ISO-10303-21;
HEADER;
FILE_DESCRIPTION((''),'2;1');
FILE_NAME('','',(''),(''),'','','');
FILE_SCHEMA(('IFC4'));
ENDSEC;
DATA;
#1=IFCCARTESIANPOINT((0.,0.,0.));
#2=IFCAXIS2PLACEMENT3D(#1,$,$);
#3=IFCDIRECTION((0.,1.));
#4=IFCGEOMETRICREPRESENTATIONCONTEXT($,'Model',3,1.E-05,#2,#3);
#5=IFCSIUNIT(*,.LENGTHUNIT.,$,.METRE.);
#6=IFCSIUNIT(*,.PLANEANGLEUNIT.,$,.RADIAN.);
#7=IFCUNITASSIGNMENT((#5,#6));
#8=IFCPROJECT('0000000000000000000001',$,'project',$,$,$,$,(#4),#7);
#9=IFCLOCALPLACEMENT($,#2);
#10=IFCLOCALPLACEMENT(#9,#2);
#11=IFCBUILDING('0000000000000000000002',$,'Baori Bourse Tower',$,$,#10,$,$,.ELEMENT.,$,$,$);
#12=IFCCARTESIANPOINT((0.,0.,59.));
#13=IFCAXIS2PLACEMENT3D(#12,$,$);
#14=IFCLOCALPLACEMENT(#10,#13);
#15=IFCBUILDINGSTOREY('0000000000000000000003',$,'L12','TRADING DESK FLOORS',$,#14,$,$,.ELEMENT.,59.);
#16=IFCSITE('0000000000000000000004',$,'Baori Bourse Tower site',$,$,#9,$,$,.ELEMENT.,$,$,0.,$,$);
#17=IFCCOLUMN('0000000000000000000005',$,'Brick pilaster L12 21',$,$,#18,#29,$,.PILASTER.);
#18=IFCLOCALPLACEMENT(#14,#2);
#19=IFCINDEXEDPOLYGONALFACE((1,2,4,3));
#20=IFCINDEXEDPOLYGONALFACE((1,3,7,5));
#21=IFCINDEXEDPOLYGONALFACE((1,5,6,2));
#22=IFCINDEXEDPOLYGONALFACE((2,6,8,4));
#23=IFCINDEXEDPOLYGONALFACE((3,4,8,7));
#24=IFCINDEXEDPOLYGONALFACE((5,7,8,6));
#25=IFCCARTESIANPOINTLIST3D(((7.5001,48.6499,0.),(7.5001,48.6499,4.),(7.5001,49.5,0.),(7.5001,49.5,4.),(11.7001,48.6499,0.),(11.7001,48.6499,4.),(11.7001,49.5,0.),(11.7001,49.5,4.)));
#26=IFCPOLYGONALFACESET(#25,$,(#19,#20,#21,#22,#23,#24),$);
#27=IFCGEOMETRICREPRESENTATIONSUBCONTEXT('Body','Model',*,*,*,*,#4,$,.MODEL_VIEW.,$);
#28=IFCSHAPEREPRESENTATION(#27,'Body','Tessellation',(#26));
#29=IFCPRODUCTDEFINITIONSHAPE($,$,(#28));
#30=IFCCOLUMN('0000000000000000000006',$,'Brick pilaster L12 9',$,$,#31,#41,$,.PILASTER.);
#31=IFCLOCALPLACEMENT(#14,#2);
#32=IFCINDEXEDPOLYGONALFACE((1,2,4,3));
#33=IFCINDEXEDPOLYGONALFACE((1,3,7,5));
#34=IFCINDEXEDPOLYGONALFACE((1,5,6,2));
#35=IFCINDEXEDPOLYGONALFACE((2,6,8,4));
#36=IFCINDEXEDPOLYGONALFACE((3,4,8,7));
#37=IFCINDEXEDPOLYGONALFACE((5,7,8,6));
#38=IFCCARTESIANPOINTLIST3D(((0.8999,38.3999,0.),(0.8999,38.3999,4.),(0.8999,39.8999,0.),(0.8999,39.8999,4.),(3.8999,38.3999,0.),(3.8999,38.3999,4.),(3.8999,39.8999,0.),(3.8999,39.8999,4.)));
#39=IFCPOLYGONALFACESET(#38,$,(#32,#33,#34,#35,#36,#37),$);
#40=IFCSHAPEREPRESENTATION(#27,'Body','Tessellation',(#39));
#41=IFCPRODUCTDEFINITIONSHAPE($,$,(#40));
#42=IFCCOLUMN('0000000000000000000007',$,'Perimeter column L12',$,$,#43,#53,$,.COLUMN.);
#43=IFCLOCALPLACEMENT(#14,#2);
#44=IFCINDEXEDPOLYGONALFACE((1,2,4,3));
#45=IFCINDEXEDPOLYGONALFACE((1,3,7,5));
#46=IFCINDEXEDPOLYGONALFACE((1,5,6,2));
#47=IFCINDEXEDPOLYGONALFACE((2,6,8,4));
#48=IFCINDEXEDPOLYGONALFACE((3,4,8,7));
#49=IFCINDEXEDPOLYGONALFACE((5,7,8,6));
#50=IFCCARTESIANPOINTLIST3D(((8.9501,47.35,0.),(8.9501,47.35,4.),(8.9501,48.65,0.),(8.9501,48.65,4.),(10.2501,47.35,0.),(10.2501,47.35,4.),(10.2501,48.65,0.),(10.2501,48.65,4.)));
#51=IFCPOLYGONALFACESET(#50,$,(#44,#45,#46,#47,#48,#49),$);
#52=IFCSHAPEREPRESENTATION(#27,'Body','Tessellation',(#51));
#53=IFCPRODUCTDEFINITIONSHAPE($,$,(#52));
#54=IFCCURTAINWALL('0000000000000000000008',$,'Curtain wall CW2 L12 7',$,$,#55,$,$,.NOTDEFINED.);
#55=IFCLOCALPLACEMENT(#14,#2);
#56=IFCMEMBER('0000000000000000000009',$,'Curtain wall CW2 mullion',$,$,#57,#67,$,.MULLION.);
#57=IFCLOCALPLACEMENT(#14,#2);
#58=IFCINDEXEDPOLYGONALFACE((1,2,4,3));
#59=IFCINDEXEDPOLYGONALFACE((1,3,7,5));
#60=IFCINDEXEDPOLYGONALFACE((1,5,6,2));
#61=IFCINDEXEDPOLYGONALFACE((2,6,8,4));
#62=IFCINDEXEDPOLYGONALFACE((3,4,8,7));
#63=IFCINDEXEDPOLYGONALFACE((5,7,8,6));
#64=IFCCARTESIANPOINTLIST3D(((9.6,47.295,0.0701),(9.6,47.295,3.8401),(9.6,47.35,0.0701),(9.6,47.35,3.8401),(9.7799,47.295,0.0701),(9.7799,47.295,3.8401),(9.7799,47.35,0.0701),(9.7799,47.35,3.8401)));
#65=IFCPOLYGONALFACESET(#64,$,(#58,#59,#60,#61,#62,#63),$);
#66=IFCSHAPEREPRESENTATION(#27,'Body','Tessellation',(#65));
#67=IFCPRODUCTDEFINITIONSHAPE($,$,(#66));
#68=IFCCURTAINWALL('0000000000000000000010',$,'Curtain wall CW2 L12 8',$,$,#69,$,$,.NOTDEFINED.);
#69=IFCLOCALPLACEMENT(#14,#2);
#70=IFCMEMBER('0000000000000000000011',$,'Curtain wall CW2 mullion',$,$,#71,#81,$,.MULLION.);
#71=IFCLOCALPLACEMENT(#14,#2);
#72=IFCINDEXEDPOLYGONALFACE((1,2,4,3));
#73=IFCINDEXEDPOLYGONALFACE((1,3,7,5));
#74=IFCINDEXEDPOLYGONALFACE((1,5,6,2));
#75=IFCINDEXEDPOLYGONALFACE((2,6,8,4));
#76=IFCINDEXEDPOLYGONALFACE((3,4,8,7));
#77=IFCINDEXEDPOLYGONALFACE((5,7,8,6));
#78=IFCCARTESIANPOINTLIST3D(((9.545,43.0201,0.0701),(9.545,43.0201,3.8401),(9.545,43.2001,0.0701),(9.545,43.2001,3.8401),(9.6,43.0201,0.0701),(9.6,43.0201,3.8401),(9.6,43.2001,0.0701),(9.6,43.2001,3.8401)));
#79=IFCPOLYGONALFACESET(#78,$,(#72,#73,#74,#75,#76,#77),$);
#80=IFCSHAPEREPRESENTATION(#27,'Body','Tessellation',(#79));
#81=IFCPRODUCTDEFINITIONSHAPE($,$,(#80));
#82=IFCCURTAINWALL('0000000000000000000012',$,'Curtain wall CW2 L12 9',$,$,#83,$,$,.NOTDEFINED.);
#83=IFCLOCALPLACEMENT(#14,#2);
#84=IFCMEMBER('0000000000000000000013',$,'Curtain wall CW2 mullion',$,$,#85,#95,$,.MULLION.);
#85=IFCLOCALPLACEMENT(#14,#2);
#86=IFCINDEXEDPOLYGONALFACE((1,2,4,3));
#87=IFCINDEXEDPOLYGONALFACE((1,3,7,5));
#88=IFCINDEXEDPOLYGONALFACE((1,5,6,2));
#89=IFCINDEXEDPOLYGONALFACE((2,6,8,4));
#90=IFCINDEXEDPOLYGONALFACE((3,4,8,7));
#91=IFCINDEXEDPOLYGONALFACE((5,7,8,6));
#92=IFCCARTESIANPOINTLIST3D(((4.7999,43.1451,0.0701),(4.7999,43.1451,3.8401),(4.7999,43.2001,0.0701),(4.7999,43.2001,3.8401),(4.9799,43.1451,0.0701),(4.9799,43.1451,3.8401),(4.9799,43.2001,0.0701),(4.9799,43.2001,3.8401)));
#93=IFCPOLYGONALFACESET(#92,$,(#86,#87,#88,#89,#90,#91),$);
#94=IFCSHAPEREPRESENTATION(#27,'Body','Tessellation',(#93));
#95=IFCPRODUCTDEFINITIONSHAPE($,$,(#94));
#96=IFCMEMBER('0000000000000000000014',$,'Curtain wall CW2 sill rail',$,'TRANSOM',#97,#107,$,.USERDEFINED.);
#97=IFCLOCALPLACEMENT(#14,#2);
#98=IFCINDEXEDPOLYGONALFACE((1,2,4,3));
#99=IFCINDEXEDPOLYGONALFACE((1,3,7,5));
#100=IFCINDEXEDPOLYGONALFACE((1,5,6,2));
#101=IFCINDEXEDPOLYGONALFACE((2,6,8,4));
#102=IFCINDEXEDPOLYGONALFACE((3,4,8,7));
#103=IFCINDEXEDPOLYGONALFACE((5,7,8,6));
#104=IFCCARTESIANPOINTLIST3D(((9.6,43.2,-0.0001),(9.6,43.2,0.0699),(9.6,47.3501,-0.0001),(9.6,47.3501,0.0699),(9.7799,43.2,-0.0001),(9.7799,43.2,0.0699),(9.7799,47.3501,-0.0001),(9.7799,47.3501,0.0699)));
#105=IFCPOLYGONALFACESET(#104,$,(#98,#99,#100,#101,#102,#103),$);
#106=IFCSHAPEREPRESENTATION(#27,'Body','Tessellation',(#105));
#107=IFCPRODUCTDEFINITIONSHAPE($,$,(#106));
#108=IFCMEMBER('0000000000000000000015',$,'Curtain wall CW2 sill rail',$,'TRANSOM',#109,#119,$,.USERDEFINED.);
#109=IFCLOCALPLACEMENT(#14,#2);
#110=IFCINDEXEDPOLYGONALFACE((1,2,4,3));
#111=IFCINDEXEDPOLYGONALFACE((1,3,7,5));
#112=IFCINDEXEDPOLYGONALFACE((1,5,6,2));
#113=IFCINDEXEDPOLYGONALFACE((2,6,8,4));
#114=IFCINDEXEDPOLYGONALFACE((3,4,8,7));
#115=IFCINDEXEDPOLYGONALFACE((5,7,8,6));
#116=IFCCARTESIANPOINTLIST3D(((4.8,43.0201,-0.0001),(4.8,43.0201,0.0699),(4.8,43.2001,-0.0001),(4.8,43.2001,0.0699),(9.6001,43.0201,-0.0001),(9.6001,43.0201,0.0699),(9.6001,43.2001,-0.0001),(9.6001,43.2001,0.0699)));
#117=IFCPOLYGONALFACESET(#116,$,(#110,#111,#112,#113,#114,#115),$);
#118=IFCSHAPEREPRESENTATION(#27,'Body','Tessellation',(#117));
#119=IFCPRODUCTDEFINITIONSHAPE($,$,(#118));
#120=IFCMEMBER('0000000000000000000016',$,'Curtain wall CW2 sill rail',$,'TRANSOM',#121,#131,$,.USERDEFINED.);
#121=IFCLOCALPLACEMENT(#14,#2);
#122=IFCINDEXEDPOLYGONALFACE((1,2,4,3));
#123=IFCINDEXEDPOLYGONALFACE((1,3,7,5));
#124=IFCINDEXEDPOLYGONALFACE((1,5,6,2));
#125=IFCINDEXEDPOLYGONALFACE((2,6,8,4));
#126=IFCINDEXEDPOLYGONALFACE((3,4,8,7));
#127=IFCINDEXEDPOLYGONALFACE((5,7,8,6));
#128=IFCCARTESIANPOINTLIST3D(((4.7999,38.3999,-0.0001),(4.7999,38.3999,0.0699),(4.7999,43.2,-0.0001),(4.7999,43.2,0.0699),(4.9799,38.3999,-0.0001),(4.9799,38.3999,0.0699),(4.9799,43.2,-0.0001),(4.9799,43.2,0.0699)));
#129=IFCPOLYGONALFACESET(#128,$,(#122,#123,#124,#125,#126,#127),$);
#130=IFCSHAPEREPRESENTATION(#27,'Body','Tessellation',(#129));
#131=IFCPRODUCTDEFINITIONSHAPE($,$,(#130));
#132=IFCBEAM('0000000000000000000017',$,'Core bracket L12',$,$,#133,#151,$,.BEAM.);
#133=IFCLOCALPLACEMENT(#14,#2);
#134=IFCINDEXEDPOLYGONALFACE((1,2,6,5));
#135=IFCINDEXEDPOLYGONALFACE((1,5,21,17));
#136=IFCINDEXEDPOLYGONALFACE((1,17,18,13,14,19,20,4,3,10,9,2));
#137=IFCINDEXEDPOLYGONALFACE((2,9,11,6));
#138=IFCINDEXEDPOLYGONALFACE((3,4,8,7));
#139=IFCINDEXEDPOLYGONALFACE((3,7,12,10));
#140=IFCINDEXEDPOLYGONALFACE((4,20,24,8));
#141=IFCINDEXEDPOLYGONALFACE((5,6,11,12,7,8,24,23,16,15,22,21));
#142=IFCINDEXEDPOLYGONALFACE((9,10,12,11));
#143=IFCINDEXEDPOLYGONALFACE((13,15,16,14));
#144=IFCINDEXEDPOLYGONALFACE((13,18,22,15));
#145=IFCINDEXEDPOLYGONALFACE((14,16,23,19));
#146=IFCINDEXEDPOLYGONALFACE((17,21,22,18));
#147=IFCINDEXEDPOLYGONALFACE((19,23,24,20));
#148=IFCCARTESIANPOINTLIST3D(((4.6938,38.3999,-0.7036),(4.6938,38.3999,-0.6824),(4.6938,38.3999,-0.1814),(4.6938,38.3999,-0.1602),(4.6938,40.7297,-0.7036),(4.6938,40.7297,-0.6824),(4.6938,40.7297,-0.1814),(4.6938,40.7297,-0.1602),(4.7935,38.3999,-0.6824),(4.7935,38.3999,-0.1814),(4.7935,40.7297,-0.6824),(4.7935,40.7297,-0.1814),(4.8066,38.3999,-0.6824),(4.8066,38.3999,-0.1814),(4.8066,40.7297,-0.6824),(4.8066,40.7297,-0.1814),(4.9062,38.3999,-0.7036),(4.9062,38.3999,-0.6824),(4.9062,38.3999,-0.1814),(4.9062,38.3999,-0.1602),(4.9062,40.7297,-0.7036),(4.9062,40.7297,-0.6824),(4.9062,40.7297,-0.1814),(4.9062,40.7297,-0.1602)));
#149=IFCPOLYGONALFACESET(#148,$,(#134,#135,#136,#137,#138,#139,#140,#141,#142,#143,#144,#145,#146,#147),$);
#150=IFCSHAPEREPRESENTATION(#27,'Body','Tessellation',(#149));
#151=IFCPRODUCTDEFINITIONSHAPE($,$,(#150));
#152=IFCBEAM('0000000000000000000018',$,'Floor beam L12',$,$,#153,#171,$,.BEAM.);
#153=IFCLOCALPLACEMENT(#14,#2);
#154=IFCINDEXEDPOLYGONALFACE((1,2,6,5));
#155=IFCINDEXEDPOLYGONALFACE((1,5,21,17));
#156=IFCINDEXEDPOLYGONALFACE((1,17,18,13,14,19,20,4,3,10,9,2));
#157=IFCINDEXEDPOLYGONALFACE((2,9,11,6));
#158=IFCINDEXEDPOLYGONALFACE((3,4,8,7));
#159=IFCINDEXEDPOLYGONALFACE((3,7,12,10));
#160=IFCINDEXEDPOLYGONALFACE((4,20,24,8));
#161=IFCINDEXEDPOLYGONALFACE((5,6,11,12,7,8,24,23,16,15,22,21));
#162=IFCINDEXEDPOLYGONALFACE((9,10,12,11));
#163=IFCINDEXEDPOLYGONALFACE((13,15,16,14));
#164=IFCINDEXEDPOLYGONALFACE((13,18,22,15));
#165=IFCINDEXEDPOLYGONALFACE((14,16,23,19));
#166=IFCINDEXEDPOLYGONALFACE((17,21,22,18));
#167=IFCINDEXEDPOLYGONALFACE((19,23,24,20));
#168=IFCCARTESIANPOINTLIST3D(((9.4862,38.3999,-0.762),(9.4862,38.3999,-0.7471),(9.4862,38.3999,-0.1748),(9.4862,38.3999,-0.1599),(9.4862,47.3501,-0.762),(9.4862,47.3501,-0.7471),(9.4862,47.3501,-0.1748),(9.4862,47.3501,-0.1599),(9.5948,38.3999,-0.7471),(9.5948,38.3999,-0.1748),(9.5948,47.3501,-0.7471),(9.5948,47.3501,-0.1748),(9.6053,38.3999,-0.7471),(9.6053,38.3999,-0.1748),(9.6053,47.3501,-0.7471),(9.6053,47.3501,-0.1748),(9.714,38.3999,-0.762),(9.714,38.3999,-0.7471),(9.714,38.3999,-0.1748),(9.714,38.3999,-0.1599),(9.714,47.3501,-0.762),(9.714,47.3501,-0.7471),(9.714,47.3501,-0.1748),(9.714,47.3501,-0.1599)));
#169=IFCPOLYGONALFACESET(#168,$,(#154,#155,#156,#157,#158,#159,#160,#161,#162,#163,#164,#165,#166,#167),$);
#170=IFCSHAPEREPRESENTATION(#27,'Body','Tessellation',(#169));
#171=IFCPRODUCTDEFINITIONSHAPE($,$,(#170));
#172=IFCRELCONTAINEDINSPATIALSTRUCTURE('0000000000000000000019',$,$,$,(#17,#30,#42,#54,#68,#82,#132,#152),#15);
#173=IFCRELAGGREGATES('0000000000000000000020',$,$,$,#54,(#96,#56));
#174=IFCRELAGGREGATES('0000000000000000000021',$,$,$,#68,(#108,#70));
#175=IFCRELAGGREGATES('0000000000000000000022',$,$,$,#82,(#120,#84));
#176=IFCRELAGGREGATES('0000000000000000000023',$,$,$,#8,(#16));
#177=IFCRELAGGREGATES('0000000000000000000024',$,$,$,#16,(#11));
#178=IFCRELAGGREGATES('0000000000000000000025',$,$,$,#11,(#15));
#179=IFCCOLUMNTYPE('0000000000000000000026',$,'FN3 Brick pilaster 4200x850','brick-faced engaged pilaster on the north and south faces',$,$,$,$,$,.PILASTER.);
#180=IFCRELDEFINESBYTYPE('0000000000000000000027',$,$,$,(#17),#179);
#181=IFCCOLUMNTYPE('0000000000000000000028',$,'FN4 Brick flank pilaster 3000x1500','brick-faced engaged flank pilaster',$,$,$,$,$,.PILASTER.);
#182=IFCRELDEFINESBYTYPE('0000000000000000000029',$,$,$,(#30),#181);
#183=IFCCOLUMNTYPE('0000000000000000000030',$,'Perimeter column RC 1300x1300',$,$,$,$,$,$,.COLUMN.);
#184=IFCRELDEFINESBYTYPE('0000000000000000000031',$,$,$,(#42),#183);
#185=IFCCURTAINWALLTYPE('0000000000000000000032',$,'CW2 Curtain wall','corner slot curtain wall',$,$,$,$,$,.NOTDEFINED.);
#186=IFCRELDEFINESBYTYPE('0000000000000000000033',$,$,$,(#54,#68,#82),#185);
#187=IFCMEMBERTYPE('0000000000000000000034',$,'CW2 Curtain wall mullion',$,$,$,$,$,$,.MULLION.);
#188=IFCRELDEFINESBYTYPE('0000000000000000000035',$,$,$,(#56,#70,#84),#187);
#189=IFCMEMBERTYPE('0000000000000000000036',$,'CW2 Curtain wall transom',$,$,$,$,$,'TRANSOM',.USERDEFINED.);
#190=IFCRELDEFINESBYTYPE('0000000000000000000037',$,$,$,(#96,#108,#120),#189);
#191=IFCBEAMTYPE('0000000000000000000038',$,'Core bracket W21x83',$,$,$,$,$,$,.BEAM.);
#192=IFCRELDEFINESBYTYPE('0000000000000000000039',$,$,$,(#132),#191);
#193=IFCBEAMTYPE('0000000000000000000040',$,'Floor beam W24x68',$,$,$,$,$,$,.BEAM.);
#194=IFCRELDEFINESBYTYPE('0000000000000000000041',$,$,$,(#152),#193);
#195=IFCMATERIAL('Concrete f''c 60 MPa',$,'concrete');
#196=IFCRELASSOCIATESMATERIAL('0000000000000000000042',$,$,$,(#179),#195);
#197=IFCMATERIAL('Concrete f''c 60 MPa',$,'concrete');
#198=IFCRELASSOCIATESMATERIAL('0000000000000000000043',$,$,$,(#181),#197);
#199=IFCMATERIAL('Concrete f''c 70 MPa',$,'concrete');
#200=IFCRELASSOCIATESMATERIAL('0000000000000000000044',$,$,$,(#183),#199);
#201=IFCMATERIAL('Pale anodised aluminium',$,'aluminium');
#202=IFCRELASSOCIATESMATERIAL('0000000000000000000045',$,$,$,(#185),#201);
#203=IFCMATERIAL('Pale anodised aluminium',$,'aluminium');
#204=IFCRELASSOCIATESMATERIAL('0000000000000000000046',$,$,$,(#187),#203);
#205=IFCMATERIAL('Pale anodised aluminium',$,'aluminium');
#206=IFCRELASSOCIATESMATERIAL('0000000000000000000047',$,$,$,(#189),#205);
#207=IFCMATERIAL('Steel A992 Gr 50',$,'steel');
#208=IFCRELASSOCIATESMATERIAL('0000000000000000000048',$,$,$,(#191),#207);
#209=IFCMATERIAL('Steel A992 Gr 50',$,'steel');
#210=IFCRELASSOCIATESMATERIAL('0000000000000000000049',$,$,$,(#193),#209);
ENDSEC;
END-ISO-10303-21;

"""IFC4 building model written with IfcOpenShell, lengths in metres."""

from ifc_helpers import new_model, si_unit, direction, frame, origin, origin_2d, place, context, subcontext, project, spatial, rectangle, i_section, extrude, material, material_profile, profile_set, type_object, element, aggregate, save


model = new_model("IFC4")

# Units and contexts
model_context = context("Model", 3, precision=1e-05, world=origin(), true_north=direction((0.0, 1.0)))
body_context = subcontext(model_context, "Body", "Model", "MODEL_VIEW")
ifc_project = project(units=[si_unit("LENGTHUNIT", "METRE"), si_unit("PLANEANGLEUNIT", "RADIAN")], contexts=[model_context])

# Site, building, storey
site_placement = place(None, origin())
site = spatial("IfcSite", under=ifc_project, at=site_placement, Name="Baori Bourse Tower site", CompositionType="ELEMENT", RefElevation=0.0)
building_placement = place(site_placement, origin())
building = spatial("IfcBuilding", under=site, at=building_placement, Name="Baori Bourse Tower", CompositionType="ELEMENT")
storey_placement = place(building_placement, frame((0.0, 0.0, 59.0)))
storey = spatial("IfcBuildingStorey", under=building, at=storey_placement, Name="L12", Description="TRADING DESK FLOORS", CompositionType="ELEMENT", Elevation=59.0)

# Columns
ifc_material_1 = material(Name="Concrete f'c 60 MPa", Category="concrete")
ifc_material_profile_1 = material_profile(ifc_material_1, rectangle(XDim=4.2, YDim=0.8501, at=origin_2d()), Name="RC 4200x850")
ifc_profile_set_1 = profile_set([ifc_material_profile_1], Name="Concrete f'c 60 MPa")
column_type_1 = type_object("IfcColumnType", Name="FN3 Brick pilaster 4200x850", Description="brick-faced engaged pilaster on the north and south faces", PredefinedType="PILASTER", material=ifc_profile_set_1)
column_1_placement = place(storey_placement, frame((9.6001, 49.075, 0.0), z_axis=(0.0, 0.0, 1.0), x_axis=(1.0, 0.0, 0.0)))
element("IfcColumn", 1, at=column_1_placement, inside=storey, type_object=column_type_1, Name="Brick pilaster L12 21", PredefinedType="PILASTER", context=body_context, shape_type="SweptSolid", body=[
    extrude(rectangle(XDim=4.2, YDim=0.8501, at=origin_2d()), origin(), (0.0, 0.0, 1.0), 4.0),
])
ifc_material_2 = material(Name="Concrete f'c 60 MPa", Category="concrete")
ifc_material_profile_2 = material_profile(ifc_material_2, rectangle(XDim=3.0, YDim=1.5, at=origin_2d()), Name="RC 3000x1500")
ifc_profile_set_2 = profile_set([ifc_material_profile_2], Name="Concrete f'c 60 MPa")
column_type_2 = type_object("IfcColumnType", Name="FN4 Brick flank pilaster 3000x1500", Description="brick-faced engaged flank pilaster", PredefinedType="PILASTER", material=ifc_profile_set_2)
column_2_placement = place(storey_placement, frame((2.3999, 39.1499, 0.0), z_axis=(0.0, 0.0, 1.0), x_axis=(1.0, 0.0, 0.0)))
element("IfcColumn", 2, at=column_2_placement, inside=storey, type_object=column_type_2, Name="Brick pilaster L12 9", PredefinedType="PILASTER", context=body_context, shape_type="SweptSolid", body=[
    extrude(rectangle(XDim=3.0, YDim=1.5, at=origin_2d()), origin(), (0.0, 0.0, 1.0), 4.0),
])
ifc_material_3 = material(Name="Concrete f'c 70 MPa", Category="concrete")
ifc_material_profile_3 = material_profile(ifc_material_3, rectangle(XDim=1.3, YDim=1.3, at=origin_2d()), Name="RC 1300x1300")
ifc_profile_set_3 = profile_set([ifc_material_profile_3], Name="Concrete f'c 70 MPa")
column_type_3 = type_object("IfcColumnType", Name="Perimeter column RC 1300x1300", PredefinedType="COLUMN", material=ifc_profile_set_3)
column_3_placement = place(storey_placement, frame((9.6001, 48.0, 0.0), z_axis=(0.0, 0.0, 1.0), x_axis=(1.0, 0.0, 0.0)))
element("IfcColumn", 3, at=column_3_placement, inside=storey, type_object=column_type_3, Name="Perimeter column L12", PredefinedType="COLUMN", context=body_context, shape_type="SweptSolid", body=[
    extrude(rectangle(XDim=1.3, YDim=1.3, at=origin_2d()), origin(), (0.0, 0.0, 1.0), 4.0),
])

# Curtain walls, members
ifc_material_4 = material(Name="Pale anodised aluminium", Category="aluminium")
curtain_wall_type = type_object("IfcCurtainWallType", Name="CW2 Curtain wall", Description="corner slot curtain wall", PredefinedType="NOTDEFINED", material=ifc_material_4)
curtain_wall_1_placement = place(storey_placement, origin())
curtain_wall_1 = element("IfcCurtainWall", 4, at=curtain_wall_1_placement, inside=storey, type_object=curtain_wall_type, Name="Curtain wall CW2 L12 7", PredefinedType="NOTDEFINED")
ifc_material_5 = material(Name="Pale anodised aluminium", Category="aluminium")
ifc_material_profile_4 = material_profile(ifc_material_5, rectangle(XDim=0.1799, YDim=0.0549, at=origin_2d()), Name="Mullion 55x180")
ifc_profile_set_4 = profile_set([ifc_material_profile_4], Name="Pale anodised aluminium")
member_type_1 = type_object("IfcMemberType", Name="CW2 Curtain wall mullion", PredefinedType="MULLION", material=ifc_profile_set_4)
member_1_placement = place(storey_placement, frame((9.6899, 47.3225, 0.0701), z_axis=(0.0, 0.0, 1.0), x_axis=(1.0, 0.0, 0.0)))
member_1 = element("IfcMember", 5, at=member_1_placement, type_object=member_type_1, Name="Curtain wall CW2 mullion", PredefinedType="MULLION", context=body_context, shape_type="SweptSolid", body=[
    extrude(rectangle(XDim=0.1799, YDim=0.0549, at=origin_2d()), origin(), (0.0, 0.0, 1.0), 3.77),
])
curtain_wall_2_placement = place(storey_placement, origin())
curtain_wall_2 = element("IfcCurtainWall", 6, at=curtain_wall_2_placement, inside=storey, type_object=curtain_wall_type, Name="Curtain wall CW2 L12 8", PredefinedType="NOTDEFINED")
member_2_placement = place(storey_placement, frame((9.5725, 43.1101, 0.0701), z_axis=(0.0, 0.0, 1.0), x_axis=(0.0, -1.0, 0.0)))
member_2 = element("IfcMember", 7, at=member_2_placement, type_object=member_type_1, Name="Curtain wall CW2 mullion", PredefinedType="MULLION", context=body_context, shape_type="SweptSolid", body=[
    extrude(rectangle(XDim=0.1799, YDim=0.0549, at=origin_2d()), origin(), (0.0, 0.0, 1.0), 3.77),
])
curtain_wall_3_placement = place(storey_placement, origin())
curtain_wall_3 = element("IfcCurtainWall", 8, at=curtain_wall_3_placement, inside=storey, type_object=curtain_wall_type, Name="Curtain wall CW2 L12 9", PredefinedType="NOTDEFINED")
member_3_placement = place(storey_placement, frame((4.8899, 43.1726, 0.0701), z_axis=(0.0, 0.0, 1.0), x_axis=(1.0, 0.0, 0.0)))
member_3 = element("IfcMember", 9, at=member_3_placement, type_object=member_type_1, Name="Curtain wall CW2 mullion", PredefinedType="MULLION", context=body_context, shape_type="SweptSolid", body=[
    extrude(rectangle(XDim=0.1799, YDim=0.0549, at=origin_2d()), origin(), (0.0, 0.0, 1.0), 3.77),
])

# Members
ifc_material_6 = material(Name="Pale anodised aluminium", Category="aluminium")
ifc_material_profile_5 = material_profile(ifc_material_6, rectangle(XDim=0.1799, YDim=0.0701, at=origin_2d()), Name="Transom 70x180")
ifc_profile_set_5 = profile_set([ifc_material_profile_5], Name="Pale anodised aluminium")
member_type_2 = type_object("IfcMemberType", Name="CW2 Curtain wall transom", ElementType="TRANSOM", PredefinedType="USERDEFINED", material=ifc_profile_set_5)
member_4_placement = place(storey_placement, frame((9.6899, 47.3501, 0.0349), z_axis=(0.0, -1.0, 0.0), x_axis=(1.0, 0.0, 0.0)))
member_4 = element("IfcMember", 10, at=member_4_placement, type_object=member_type_2, Name="Curtain wall CW2 sill rail", ObjectType="TRANSOM", PredefinedType="USERDEFINED", context=body_context, shape_type="SweptSolid", body=[
    extrude(rectangle(XDim=0.1799, YDim=0.0701, at=origin_2d()), origin(), (0.0, 0.0, 1.0), 4.1501),
])
member_5_placement = place(storey_placement, frame((9.6001, 43.1101, 0.0349), z_axis=(-1.0, 0.0, 0.0), x_axis=(0.0, -1.0, 0.0)))
member_5 = element("IfcMember", 11, at=member_5_placement, type_object=member_type_2, Name="Curtain wall CW2 sill rail", ObjectType="TRANSOM", PredefinedType="USERDEFINED", context=body_context, shape_type="SweptSolid", body=[
    extrude(rectangle(XDim=0.1799, YDim=0.0701, at=origin_2d()), origin(), (0.0, 0.0, 1.0), 4.8),
])
member_6_placement = place(storey_placement, frame((4.8899, 43.2, 0.0349), z_axis=(0.0, -1.0, 0.0), x_axis=(1.0, 0.0, 0.0)))
member_6 = element("IfcMember", 12, at=member_6_placement, type_object=member_type_2, Name="Curtain wall CW2 sill rail", ObjectType="TRANSOM", PredefinedType="USERDEFINED", context=body_context, shape_type="SweptSolid", body=[
    extrude(rectangle(XDim=0.1799, YDim=0.0701, at=origin_2d()), origin(), (0.0, 0.0, 1.0), 4.8),
])

# Beams
ifc_material_7 = material(Name="Steel A992 Gr 50", Category="steel")
ifc_material_profile_6 = material_profile(ifc_material_7, i_section(OverallWidth=0.2124, OverallDepth=0.5435, WebThickness=0.0132, FlangeThickness=0.0212, at=origin_2d()), Name="W21x83")
ifc_profile_set_6 = profile_set([ifc_material_profile_6], Name="Steel A992 Gr 50")
beam_type_1 = type_object("IfcBeamType", Name="Core bracket W21x83", PredefinedType="BEAM", material=ifc_profile_set_6)
beam_1_placement = place(storey_placement, frame((4.8, 38.3999, -0.4319), z_axis=(0.0, 1.0, 0.0), x_axis=(-1.0, 0.0, 0.0)))
element("IfcBeam", 13, at=beam_1_placement, inside=storey, type_object=beam_type_1, Name="Core bracket L12", PredefinedType="BEAM", context=body_context, shape_type="SweptSolid", body=[
    extrude(i_section(OverallWidth=0.2124, OverallDepth=0.5435, WebThickness=0.0132, FlangeThickness=0.0212, at=origin_2d()), origin(), (0.0, 0.0, 1.0), 2.3298),
])
ifc_material_8 = material(Name="Steel A992 Gr 50", Category="steel")
ifc_material_profile_7 = material_profile(ifc_material_8, i_section(OverallWidth=0.2278, OverallDepth=0.6021, WebThickness=0.0105, FlangeThickness=0.0149, at=origin_2d()), Name="W24x68")
ifc_profile_set_7 = profile_set([ifc_material_profile_7], Name="Steel A992 Gr 50")
beam_type_2 = type_object("IfcBeamType", Name="Floor beam W24x68", PredefinedType="BEAM", material=ifc_profile_set_7)
beam_2_placement = place(storey_placement, frame((9.6001, 38.3999, -0.4609), z_axis=(0.0, 1.0, 0.0), x_axis=(-1.0, 0.0, 0.0)))
element("IfcBeam", 14, at=beam_2_placement, inside=storey, type_object=beam_type_2, Name="Floor beam L12", PredefinedType="BEAM", context=body_context, shape_type="SweptSolid", body=[
    extrude(i_section(OverallWidth=0.2278, OverallDepth=0.6021, WebThickness=0.0105, FlangeThickness=0.0149, at=origin_2d()), origin(), (0.0, 0.0, 1.0), 8.9502),
])

aggregate(curtain_wall_1, [member_4, member_1])
aggregate(curtain_wall_2, [member_5, member_2])
aggregate(curtain_wall_3, [member_6, member_3])

save(model, "model.ifc")
